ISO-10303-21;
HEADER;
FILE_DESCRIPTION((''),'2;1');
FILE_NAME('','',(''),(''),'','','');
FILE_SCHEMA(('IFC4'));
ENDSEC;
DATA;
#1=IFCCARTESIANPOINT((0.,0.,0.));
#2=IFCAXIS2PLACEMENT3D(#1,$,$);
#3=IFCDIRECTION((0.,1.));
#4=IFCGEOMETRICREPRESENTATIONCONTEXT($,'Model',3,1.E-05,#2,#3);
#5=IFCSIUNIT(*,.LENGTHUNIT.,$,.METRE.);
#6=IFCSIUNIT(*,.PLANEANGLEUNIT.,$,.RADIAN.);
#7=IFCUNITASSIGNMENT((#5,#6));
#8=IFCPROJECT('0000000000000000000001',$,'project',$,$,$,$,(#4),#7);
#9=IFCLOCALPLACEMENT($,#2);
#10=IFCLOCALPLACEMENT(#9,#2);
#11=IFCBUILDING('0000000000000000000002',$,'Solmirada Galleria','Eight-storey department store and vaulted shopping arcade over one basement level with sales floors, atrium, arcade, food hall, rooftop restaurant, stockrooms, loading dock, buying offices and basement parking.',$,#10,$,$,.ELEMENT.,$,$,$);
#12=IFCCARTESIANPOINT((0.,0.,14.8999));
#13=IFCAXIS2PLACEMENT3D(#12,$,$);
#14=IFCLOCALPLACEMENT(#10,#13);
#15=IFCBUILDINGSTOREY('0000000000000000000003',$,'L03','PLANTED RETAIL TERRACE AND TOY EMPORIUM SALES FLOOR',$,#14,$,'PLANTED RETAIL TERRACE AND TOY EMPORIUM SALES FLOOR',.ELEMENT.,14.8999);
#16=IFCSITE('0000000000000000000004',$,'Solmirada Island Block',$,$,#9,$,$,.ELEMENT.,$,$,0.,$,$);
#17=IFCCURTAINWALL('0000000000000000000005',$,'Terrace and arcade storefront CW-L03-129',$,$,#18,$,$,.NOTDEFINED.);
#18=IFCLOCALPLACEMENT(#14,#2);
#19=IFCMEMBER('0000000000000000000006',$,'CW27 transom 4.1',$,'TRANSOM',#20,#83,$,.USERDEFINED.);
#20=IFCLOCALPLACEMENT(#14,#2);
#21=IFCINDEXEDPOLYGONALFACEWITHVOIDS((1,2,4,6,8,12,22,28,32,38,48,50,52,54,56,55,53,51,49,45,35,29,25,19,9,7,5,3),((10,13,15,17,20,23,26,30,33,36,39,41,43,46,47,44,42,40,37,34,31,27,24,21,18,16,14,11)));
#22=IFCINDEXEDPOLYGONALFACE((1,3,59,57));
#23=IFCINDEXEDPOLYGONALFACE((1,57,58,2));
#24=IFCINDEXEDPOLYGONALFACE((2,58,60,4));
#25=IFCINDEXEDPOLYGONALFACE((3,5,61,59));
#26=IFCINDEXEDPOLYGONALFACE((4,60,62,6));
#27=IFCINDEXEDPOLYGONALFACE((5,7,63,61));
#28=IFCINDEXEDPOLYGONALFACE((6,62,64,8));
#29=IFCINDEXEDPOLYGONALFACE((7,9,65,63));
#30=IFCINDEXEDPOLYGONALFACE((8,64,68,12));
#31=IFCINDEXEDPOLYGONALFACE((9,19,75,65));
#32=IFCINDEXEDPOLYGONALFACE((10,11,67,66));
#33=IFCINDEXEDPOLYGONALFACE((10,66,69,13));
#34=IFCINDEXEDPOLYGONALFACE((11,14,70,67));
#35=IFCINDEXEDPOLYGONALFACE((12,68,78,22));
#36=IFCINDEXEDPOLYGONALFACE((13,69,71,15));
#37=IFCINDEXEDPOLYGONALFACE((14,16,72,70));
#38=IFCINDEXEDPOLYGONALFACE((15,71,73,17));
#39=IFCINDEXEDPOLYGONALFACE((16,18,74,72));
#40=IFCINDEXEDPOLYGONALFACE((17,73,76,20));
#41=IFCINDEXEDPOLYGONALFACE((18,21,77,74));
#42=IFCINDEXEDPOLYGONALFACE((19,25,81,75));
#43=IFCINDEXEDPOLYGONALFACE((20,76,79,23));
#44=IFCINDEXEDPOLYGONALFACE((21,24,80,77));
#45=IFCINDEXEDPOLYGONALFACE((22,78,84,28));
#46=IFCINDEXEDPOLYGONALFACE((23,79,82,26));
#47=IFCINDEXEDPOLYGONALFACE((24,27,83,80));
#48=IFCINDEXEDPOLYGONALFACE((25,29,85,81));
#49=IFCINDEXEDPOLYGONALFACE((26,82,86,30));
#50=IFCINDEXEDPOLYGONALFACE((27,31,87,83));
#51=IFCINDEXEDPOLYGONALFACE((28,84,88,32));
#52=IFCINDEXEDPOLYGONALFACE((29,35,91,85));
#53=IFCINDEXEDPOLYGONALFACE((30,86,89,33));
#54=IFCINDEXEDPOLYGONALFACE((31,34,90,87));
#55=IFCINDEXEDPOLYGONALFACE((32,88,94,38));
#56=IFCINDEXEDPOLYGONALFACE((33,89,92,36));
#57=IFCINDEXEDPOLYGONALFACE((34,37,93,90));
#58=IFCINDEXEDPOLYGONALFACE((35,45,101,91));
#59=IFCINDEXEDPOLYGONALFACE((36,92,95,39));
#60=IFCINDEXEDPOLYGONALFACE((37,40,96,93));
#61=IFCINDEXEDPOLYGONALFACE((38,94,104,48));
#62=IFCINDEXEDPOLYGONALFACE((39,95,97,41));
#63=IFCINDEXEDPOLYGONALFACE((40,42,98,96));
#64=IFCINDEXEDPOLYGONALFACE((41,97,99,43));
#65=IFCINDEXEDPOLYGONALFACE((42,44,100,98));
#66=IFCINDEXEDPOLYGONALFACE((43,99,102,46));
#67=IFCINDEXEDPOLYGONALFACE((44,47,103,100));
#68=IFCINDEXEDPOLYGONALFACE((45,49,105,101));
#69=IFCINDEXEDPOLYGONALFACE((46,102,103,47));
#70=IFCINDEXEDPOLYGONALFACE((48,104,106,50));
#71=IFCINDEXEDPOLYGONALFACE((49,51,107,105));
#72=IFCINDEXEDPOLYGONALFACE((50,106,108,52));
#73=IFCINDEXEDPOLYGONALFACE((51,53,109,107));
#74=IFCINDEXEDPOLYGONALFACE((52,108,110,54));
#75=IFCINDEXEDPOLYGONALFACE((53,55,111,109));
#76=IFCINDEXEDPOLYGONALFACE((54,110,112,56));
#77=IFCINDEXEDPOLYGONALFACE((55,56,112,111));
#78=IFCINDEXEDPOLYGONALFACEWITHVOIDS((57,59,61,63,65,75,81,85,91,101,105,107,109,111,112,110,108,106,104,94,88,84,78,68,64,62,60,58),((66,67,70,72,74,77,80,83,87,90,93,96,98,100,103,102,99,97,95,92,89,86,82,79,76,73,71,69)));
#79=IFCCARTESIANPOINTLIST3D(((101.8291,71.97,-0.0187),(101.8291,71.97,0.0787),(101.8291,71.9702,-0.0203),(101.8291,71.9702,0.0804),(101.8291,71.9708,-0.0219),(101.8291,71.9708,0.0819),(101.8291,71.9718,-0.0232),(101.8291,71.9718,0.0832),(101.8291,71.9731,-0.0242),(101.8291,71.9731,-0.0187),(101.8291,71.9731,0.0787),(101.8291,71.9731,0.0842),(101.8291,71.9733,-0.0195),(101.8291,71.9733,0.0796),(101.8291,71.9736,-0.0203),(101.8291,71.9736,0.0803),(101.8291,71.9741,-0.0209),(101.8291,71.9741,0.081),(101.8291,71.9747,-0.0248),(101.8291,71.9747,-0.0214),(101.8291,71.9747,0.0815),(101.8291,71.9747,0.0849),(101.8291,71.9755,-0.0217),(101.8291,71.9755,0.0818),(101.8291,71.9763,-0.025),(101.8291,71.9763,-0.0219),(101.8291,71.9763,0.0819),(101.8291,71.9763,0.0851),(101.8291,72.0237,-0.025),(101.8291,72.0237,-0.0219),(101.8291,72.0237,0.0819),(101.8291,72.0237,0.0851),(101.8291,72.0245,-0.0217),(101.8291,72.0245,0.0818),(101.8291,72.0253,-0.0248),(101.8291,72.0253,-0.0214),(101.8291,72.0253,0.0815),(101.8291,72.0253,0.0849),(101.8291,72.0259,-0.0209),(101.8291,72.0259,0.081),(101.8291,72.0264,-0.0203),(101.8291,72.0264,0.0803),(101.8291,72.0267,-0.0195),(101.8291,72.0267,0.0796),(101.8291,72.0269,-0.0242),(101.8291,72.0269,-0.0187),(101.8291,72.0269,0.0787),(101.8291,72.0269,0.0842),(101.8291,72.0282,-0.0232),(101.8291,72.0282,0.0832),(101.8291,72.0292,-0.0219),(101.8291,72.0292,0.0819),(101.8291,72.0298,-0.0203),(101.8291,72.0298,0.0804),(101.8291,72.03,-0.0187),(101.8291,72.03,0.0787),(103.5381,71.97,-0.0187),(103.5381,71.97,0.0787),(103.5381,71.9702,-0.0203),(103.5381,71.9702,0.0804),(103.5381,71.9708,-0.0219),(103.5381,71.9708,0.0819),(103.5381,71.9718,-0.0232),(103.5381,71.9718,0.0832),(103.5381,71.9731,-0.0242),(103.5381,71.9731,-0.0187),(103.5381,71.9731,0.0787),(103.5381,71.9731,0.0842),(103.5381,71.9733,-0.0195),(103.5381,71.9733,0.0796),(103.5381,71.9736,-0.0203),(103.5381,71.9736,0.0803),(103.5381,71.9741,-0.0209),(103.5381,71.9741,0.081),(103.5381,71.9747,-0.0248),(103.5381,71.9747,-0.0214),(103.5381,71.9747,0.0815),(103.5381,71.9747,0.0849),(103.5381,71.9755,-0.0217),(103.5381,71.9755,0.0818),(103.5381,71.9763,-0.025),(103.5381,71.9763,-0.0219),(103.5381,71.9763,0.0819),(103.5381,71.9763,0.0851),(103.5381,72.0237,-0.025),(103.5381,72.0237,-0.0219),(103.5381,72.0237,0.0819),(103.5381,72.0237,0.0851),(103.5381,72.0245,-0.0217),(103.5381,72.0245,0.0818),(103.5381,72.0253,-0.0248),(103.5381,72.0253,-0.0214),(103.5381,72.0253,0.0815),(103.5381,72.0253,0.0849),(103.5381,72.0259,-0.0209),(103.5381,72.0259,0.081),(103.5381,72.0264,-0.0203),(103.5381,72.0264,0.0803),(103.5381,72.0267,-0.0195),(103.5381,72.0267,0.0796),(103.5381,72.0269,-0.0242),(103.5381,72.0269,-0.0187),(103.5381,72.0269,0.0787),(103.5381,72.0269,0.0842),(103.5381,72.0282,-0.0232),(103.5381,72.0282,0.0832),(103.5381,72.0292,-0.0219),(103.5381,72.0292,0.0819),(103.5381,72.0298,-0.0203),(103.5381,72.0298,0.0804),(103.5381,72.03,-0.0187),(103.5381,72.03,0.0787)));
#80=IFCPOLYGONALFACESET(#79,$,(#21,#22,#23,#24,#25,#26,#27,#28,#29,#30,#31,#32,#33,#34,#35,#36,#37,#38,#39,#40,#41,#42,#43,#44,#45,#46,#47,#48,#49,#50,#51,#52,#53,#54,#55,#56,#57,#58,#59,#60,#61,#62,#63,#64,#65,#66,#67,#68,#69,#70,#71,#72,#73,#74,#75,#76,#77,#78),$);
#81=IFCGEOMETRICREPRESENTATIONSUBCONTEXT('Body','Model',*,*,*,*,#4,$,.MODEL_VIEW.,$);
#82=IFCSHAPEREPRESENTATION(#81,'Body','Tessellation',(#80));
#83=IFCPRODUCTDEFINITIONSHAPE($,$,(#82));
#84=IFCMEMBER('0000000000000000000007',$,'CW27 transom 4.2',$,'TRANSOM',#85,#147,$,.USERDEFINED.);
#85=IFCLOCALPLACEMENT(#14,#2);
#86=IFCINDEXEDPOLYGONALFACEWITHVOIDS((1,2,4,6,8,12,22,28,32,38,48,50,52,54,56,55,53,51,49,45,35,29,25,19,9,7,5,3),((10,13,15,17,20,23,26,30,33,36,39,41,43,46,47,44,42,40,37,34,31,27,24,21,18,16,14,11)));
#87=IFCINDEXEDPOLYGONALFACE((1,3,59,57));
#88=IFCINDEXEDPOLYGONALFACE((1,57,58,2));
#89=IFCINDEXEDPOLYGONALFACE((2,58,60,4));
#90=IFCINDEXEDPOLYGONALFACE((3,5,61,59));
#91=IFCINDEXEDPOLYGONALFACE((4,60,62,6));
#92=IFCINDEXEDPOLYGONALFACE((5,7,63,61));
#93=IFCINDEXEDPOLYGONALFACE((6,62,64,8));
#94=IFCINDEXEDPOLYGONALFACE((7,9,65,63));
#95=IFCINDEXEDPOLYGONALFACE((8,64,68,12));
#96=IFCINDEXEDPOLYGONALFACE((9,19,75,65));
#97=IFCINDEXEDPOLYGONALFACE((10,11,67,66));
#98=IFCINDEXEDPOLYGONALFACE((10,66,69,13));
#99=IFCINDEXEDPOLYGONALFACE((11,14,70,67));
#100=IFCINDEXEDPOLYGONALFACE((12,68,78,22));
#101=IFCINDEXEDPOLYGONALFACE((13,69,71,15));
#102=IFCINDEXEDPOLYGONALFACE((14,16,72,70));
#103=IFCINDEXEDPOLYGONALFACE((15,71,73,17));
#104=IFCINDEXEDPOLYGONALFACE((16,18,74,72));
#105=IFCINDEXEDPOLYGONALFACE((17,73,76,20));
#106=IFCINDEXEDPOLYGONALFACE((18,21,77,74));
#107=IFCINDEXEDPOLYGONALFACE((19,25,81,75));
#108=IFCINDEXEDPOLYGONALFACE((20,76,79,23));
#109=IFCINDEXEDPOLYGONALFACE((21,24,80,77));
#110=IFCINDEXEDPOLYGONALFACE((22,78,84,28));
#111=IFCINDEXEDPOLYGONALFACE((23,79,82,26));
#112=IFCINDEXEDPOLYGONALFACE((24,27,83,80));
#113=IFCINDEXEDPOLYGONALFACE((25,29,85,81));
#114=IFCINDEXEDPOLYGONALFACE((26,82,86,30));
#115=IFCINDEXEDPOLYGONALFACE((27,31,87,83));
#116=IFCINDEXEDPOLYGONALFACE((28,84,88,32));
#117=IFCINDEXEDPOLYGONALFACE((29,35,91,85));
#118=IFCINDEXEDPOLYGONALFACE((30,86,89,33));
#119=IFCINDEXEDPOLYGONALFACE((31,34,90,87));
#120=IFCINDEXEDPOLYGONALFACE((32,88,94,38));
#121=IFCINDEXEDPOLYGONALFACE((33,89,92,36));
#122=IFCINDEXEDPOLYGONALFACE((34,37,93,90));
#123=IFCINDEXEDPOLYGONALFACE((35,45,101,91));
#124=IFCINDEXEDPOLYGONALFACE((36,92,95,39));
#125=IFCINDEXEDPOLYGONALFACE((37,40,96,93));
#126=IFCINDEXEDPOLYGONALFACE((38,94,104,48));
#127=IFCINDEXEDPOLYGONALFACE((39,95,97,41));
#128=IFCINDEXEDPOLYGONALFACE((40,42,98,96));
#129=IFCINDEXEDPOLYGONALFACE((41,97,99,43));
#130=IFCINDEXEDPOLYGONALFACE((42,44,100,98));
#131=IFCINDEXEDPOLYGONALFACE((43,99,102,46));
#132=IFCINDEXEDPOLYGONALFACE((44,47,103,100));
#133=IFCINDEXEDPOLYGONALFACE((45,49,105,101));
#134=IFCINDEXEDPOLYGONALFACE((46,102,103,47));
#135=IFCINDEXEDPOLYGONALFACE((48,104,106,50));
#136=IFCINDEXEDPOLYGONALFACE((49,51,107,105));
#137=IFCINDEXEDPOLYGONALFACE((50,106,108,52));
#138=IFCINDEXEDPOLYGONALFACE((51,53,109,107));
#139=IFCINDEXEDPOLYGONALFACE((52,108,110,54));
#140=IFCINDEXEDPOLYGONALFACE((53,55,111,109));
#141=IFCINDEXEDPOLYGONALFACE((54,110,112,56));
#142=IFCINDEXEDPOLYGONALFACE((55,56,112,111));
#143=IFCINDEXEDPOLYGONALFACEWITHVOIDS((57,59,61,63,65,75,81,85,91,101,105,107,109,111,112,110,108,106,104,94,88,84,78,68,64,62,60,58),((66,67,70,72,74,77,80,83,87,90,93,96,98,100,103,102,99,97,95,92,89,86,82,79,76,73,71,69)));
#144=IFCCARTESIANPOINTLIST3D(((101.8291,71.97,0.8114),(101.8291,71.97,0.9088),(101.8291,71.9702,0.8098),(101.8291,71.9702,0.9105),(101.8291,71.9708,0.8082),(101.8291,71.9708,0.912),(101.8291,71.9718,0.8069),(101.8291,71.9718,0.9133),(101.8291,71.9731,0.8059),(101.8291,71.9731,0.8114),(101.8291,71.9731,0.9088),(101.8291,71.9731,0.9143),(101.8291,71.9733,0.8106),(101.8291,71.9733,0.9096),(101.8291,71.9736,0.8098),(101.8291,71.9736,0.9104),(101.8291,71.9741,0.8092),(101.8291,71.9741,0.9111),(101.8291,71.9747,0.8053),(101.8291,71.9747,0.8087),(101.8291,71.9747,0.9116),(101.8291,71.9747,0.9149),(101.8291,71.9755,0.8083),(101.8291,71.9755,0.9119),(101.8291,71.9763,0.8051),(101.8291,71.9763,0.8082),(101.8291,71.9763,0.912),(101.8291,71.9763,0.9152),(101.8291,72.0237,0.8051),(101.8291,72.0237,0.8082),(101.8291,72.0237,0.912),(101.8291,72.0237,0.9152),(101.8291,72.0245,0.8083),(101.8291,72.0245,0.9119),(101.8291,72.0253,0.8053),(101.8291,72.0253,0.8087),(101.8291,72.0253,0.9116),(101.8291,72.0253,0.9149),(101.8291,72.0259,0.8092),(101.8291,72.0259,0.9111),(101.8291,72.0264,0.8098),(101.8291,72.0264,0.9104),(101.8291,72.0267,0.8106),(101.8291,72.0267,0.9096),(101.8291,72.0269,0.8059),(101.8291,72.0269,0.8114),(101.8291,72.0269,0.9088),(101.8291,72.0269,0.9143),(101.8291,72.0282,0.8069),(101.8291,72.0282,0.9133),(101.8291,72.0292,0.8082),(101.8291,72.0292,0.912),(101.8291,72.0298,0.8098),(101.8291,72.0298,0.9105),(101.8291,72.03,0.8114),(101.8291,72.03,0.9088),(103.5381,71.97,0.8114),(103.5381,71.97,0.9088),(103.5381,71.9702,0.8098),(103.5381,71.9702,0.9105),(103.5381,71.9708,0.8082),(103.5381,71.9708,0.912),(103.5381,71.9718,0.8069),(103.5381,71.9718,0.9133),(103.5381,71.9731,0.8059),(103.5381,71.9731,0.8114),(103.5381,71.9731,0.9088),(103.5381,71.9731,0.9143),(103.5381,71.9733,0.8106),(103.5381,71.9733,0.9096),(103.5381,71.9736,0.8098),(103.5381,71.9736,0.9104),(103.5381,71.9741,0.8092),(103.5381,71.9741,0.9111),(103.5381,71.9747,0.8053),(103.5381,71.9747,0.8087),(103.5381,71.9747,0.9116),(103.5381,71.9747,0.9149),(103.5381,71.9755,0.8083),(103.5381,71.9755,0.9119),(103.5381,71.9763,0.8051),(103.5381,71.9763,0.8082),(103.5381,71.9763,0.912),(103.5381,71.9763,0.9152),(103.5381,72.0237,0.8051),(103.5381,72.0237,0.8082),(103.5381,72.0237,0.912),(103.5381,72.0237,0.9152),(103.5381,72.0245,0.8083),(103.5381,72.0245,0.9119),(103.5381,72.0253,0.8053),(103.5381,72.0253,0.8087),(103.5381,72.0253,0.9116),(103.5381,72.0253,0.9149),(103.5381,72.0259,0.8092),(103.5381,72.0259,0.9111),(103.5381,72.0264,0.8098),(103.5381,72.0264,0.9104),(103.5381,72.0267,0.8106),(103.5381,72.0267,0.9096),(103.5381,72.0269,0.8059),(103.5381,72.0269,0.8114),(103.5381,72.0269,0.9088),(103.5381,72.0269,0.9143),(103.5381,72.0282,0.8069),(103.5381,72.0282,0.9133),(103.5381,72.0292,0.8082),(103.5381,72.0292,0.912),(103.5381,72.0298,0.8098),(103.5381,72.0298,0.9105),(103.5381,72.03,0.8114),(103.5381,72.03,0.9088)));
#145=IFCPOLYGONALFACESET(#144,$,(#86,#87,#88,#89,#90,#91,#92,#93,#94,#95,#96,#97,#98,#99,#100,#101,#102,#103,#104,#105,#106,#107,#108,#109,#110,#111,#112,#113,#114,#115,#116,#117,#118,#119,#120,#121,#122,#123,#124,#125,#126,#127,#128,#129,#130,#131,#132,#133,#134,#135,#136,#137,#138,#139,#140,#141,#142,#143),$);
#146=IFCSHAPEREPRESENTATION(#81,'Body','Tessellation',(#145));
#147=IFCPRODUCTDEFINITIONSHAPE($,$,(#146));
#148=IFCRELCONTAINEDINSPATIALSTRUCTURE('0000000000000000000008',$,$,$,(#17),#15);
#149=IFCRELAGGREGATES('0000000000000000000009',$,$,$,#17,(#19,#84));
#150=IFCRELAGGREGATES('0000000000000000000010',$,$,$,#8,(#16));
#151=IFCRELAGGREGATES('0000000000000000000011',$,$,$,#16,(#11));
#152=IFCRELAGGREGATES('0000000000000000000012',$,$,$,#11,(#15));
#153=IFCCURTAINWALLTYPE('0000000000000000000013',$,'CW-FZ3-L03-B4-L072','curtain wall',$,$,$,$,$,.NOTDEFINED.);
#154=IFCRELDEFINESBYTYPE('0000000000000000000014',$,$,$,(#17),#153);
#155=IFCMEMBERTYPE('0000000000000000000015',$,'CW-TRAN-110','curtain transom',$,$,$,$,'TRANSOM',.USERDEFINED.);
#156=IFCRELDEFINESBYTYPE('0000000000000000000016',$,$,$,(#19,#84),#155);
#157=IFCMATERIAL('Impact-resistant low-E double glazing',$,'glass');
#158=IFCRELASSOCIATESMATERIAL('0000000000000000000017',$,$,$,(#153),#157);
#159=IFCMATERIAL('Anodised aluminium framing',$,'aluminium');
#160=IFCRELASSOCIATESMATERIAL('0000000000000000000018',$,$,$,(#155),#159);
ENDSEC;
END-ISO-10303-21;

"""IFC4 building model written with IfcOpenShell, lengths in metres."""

from ifc_helpers import new_model, si_unit, direction, frame, origin, origin_2d, place, context, subcontext, project, spatial, hollow_rectangle, extrude, material, material_profile, profile_set, type_object, element, aggregate, save


model = new_model("IFC4")

# Units and contexts
model_context = context("Model", 3, precision=1e-05, world=origin(), true_north=direction((0.0, 1.0)))
body_context = subcontext(model_context, "Body", "Model", "MODEL_VIEW")
ifc_project = project(units=[si_unit("LENGTHUNIT", "METRE"), si_unit("PLANEANGLEUNIT", "RADIAN")], contexts=[model_context])

# Site, building, storey
site_placement = place(None, origin())
site = spatial("IfcSite", under=ifc_project, at=site_placement, Name="Solmirada Island Block", CompositionType="ELEMENT", RefElevation=0.0)
building_placement = place(site_placement, origin())
building = spatial("IfcBuilding", under=site, at=building_placement, Name="Solmirada Galleria", Description="Eight-storey department store and vaulted shopping arcade over one basement level with sales floors, atrium, arcade, food hall, rooftop restaurant, stockrooms, loading dock, buying offices and basement parking.", CompositionType="ELEMENT")
storey_placement = place(building_placement, frame((0.0, 0.0, 14.8999)))
storey = spatial("IfcBuildingStorey", under=building, at=storey_placement, Name="L03", Description="PLANTED RETAIL TERRACE AND TOY EMPORIUM SALES FLOOR", LongName="PLANTED RETAIL TERRACE AND TOY EMPORIUM SALES FLOOR", CompositionType="ELEMENT", Elevation=14.8999)

# Curtain wall, members
ifc_material_1 = material(Name="Impact-resistant low-E double glazing", Category="glass")
curtain_wall_type = type_object("IfcCurtainWallType", Name="CW-FZ3-L03-B4-L072", Description="curtain wall", PredefinedType="NOTDEFINED", material=ifc_material_1)
curtain_wall_placement = place(storey_placement, origin())
curtain_wall = element("IfcCurtainWall", 1, at=curtain_wall_placement, inside=storey, type_object=curtain_wall_type, Name="Terrace and arcade storefront CW-L03-129", PredefinedType="NOTDEFINED")
ifc_material_2 = material(Name="Anodised aluminium framing", Category="aluminium")
ifc_material_profile_1 = material_profile(ifc_material_2, hollow_rectangle(XDim=0.0601, YDim=0.1101, WallThickness=0.0032, InnerFilletRadius=0.0032, OuterFilletRadius=0.0063, at=origin_2d()), Name="ALU-TRAN-110X60")
ifc_profile_set_1 = profile_set([ifc_material_profile_1], Name="Anodised aluminium framing")
member_type_1 = type_object("IfcMemberType", Name="CW-TRAN-110", Description="curtain transom", ElementType="TRANSOM", PredefinedType="USERDEFINED", material=ifc_profile_set_1)
member_1_placement = place(storey_placement, frame((101.8291, 72.0, 0.03), z_axis=(1.0, 0.0, 0.0), x_axis=(0.0, 1.0, 0.0)))
member_1 = element("IfcMember", 2, at=member_1_placement, type_object=member_type_1, Name="CW27 transom 4.1", ObjectType="TRANSOM", PredefinedType="USERDEFINED", context=body_context, shape_type="SweptSolid", body=[
    extrude(hollow_rectangle(XDim=0.0601, YDim=0.1101, WallThickness=0.0032, InnerFilletRadius=0.0032, OuterFilletRadius=0.0063, at=origin_2d()), origin(), (0.0, 0.0, 1.0), 1.709),
])
member_2_placement = place(storey_placement, frame((101.8291, 72.0, 0.8601), z_axis=(1.0, 0.0, 0.0), x_axis=(0.0, 1.0, 0.0)))
member_2 = element("IfcMember", 3, at=member_2_placement, type_object=member_type_1, Name="CW27 transom 4.2", ObjectType="TRANSOM", PredefinedType="USERDEFINED", context=body_context, shape_type="SweptSolid", body=[
    extrude(hollow_rectangle(XDim=0.0601, YDim=0.1101, WallThickness=0.0032, InnerFilletRadius=0.0032, OuterFilletRadius=0.0063, at=origin_2d()), origin(), (0.0, 0.0, 1.0), 1.709),
])
aggregate(curtain_wall, [member_1, member_2])

save(model, "model.ifc")
